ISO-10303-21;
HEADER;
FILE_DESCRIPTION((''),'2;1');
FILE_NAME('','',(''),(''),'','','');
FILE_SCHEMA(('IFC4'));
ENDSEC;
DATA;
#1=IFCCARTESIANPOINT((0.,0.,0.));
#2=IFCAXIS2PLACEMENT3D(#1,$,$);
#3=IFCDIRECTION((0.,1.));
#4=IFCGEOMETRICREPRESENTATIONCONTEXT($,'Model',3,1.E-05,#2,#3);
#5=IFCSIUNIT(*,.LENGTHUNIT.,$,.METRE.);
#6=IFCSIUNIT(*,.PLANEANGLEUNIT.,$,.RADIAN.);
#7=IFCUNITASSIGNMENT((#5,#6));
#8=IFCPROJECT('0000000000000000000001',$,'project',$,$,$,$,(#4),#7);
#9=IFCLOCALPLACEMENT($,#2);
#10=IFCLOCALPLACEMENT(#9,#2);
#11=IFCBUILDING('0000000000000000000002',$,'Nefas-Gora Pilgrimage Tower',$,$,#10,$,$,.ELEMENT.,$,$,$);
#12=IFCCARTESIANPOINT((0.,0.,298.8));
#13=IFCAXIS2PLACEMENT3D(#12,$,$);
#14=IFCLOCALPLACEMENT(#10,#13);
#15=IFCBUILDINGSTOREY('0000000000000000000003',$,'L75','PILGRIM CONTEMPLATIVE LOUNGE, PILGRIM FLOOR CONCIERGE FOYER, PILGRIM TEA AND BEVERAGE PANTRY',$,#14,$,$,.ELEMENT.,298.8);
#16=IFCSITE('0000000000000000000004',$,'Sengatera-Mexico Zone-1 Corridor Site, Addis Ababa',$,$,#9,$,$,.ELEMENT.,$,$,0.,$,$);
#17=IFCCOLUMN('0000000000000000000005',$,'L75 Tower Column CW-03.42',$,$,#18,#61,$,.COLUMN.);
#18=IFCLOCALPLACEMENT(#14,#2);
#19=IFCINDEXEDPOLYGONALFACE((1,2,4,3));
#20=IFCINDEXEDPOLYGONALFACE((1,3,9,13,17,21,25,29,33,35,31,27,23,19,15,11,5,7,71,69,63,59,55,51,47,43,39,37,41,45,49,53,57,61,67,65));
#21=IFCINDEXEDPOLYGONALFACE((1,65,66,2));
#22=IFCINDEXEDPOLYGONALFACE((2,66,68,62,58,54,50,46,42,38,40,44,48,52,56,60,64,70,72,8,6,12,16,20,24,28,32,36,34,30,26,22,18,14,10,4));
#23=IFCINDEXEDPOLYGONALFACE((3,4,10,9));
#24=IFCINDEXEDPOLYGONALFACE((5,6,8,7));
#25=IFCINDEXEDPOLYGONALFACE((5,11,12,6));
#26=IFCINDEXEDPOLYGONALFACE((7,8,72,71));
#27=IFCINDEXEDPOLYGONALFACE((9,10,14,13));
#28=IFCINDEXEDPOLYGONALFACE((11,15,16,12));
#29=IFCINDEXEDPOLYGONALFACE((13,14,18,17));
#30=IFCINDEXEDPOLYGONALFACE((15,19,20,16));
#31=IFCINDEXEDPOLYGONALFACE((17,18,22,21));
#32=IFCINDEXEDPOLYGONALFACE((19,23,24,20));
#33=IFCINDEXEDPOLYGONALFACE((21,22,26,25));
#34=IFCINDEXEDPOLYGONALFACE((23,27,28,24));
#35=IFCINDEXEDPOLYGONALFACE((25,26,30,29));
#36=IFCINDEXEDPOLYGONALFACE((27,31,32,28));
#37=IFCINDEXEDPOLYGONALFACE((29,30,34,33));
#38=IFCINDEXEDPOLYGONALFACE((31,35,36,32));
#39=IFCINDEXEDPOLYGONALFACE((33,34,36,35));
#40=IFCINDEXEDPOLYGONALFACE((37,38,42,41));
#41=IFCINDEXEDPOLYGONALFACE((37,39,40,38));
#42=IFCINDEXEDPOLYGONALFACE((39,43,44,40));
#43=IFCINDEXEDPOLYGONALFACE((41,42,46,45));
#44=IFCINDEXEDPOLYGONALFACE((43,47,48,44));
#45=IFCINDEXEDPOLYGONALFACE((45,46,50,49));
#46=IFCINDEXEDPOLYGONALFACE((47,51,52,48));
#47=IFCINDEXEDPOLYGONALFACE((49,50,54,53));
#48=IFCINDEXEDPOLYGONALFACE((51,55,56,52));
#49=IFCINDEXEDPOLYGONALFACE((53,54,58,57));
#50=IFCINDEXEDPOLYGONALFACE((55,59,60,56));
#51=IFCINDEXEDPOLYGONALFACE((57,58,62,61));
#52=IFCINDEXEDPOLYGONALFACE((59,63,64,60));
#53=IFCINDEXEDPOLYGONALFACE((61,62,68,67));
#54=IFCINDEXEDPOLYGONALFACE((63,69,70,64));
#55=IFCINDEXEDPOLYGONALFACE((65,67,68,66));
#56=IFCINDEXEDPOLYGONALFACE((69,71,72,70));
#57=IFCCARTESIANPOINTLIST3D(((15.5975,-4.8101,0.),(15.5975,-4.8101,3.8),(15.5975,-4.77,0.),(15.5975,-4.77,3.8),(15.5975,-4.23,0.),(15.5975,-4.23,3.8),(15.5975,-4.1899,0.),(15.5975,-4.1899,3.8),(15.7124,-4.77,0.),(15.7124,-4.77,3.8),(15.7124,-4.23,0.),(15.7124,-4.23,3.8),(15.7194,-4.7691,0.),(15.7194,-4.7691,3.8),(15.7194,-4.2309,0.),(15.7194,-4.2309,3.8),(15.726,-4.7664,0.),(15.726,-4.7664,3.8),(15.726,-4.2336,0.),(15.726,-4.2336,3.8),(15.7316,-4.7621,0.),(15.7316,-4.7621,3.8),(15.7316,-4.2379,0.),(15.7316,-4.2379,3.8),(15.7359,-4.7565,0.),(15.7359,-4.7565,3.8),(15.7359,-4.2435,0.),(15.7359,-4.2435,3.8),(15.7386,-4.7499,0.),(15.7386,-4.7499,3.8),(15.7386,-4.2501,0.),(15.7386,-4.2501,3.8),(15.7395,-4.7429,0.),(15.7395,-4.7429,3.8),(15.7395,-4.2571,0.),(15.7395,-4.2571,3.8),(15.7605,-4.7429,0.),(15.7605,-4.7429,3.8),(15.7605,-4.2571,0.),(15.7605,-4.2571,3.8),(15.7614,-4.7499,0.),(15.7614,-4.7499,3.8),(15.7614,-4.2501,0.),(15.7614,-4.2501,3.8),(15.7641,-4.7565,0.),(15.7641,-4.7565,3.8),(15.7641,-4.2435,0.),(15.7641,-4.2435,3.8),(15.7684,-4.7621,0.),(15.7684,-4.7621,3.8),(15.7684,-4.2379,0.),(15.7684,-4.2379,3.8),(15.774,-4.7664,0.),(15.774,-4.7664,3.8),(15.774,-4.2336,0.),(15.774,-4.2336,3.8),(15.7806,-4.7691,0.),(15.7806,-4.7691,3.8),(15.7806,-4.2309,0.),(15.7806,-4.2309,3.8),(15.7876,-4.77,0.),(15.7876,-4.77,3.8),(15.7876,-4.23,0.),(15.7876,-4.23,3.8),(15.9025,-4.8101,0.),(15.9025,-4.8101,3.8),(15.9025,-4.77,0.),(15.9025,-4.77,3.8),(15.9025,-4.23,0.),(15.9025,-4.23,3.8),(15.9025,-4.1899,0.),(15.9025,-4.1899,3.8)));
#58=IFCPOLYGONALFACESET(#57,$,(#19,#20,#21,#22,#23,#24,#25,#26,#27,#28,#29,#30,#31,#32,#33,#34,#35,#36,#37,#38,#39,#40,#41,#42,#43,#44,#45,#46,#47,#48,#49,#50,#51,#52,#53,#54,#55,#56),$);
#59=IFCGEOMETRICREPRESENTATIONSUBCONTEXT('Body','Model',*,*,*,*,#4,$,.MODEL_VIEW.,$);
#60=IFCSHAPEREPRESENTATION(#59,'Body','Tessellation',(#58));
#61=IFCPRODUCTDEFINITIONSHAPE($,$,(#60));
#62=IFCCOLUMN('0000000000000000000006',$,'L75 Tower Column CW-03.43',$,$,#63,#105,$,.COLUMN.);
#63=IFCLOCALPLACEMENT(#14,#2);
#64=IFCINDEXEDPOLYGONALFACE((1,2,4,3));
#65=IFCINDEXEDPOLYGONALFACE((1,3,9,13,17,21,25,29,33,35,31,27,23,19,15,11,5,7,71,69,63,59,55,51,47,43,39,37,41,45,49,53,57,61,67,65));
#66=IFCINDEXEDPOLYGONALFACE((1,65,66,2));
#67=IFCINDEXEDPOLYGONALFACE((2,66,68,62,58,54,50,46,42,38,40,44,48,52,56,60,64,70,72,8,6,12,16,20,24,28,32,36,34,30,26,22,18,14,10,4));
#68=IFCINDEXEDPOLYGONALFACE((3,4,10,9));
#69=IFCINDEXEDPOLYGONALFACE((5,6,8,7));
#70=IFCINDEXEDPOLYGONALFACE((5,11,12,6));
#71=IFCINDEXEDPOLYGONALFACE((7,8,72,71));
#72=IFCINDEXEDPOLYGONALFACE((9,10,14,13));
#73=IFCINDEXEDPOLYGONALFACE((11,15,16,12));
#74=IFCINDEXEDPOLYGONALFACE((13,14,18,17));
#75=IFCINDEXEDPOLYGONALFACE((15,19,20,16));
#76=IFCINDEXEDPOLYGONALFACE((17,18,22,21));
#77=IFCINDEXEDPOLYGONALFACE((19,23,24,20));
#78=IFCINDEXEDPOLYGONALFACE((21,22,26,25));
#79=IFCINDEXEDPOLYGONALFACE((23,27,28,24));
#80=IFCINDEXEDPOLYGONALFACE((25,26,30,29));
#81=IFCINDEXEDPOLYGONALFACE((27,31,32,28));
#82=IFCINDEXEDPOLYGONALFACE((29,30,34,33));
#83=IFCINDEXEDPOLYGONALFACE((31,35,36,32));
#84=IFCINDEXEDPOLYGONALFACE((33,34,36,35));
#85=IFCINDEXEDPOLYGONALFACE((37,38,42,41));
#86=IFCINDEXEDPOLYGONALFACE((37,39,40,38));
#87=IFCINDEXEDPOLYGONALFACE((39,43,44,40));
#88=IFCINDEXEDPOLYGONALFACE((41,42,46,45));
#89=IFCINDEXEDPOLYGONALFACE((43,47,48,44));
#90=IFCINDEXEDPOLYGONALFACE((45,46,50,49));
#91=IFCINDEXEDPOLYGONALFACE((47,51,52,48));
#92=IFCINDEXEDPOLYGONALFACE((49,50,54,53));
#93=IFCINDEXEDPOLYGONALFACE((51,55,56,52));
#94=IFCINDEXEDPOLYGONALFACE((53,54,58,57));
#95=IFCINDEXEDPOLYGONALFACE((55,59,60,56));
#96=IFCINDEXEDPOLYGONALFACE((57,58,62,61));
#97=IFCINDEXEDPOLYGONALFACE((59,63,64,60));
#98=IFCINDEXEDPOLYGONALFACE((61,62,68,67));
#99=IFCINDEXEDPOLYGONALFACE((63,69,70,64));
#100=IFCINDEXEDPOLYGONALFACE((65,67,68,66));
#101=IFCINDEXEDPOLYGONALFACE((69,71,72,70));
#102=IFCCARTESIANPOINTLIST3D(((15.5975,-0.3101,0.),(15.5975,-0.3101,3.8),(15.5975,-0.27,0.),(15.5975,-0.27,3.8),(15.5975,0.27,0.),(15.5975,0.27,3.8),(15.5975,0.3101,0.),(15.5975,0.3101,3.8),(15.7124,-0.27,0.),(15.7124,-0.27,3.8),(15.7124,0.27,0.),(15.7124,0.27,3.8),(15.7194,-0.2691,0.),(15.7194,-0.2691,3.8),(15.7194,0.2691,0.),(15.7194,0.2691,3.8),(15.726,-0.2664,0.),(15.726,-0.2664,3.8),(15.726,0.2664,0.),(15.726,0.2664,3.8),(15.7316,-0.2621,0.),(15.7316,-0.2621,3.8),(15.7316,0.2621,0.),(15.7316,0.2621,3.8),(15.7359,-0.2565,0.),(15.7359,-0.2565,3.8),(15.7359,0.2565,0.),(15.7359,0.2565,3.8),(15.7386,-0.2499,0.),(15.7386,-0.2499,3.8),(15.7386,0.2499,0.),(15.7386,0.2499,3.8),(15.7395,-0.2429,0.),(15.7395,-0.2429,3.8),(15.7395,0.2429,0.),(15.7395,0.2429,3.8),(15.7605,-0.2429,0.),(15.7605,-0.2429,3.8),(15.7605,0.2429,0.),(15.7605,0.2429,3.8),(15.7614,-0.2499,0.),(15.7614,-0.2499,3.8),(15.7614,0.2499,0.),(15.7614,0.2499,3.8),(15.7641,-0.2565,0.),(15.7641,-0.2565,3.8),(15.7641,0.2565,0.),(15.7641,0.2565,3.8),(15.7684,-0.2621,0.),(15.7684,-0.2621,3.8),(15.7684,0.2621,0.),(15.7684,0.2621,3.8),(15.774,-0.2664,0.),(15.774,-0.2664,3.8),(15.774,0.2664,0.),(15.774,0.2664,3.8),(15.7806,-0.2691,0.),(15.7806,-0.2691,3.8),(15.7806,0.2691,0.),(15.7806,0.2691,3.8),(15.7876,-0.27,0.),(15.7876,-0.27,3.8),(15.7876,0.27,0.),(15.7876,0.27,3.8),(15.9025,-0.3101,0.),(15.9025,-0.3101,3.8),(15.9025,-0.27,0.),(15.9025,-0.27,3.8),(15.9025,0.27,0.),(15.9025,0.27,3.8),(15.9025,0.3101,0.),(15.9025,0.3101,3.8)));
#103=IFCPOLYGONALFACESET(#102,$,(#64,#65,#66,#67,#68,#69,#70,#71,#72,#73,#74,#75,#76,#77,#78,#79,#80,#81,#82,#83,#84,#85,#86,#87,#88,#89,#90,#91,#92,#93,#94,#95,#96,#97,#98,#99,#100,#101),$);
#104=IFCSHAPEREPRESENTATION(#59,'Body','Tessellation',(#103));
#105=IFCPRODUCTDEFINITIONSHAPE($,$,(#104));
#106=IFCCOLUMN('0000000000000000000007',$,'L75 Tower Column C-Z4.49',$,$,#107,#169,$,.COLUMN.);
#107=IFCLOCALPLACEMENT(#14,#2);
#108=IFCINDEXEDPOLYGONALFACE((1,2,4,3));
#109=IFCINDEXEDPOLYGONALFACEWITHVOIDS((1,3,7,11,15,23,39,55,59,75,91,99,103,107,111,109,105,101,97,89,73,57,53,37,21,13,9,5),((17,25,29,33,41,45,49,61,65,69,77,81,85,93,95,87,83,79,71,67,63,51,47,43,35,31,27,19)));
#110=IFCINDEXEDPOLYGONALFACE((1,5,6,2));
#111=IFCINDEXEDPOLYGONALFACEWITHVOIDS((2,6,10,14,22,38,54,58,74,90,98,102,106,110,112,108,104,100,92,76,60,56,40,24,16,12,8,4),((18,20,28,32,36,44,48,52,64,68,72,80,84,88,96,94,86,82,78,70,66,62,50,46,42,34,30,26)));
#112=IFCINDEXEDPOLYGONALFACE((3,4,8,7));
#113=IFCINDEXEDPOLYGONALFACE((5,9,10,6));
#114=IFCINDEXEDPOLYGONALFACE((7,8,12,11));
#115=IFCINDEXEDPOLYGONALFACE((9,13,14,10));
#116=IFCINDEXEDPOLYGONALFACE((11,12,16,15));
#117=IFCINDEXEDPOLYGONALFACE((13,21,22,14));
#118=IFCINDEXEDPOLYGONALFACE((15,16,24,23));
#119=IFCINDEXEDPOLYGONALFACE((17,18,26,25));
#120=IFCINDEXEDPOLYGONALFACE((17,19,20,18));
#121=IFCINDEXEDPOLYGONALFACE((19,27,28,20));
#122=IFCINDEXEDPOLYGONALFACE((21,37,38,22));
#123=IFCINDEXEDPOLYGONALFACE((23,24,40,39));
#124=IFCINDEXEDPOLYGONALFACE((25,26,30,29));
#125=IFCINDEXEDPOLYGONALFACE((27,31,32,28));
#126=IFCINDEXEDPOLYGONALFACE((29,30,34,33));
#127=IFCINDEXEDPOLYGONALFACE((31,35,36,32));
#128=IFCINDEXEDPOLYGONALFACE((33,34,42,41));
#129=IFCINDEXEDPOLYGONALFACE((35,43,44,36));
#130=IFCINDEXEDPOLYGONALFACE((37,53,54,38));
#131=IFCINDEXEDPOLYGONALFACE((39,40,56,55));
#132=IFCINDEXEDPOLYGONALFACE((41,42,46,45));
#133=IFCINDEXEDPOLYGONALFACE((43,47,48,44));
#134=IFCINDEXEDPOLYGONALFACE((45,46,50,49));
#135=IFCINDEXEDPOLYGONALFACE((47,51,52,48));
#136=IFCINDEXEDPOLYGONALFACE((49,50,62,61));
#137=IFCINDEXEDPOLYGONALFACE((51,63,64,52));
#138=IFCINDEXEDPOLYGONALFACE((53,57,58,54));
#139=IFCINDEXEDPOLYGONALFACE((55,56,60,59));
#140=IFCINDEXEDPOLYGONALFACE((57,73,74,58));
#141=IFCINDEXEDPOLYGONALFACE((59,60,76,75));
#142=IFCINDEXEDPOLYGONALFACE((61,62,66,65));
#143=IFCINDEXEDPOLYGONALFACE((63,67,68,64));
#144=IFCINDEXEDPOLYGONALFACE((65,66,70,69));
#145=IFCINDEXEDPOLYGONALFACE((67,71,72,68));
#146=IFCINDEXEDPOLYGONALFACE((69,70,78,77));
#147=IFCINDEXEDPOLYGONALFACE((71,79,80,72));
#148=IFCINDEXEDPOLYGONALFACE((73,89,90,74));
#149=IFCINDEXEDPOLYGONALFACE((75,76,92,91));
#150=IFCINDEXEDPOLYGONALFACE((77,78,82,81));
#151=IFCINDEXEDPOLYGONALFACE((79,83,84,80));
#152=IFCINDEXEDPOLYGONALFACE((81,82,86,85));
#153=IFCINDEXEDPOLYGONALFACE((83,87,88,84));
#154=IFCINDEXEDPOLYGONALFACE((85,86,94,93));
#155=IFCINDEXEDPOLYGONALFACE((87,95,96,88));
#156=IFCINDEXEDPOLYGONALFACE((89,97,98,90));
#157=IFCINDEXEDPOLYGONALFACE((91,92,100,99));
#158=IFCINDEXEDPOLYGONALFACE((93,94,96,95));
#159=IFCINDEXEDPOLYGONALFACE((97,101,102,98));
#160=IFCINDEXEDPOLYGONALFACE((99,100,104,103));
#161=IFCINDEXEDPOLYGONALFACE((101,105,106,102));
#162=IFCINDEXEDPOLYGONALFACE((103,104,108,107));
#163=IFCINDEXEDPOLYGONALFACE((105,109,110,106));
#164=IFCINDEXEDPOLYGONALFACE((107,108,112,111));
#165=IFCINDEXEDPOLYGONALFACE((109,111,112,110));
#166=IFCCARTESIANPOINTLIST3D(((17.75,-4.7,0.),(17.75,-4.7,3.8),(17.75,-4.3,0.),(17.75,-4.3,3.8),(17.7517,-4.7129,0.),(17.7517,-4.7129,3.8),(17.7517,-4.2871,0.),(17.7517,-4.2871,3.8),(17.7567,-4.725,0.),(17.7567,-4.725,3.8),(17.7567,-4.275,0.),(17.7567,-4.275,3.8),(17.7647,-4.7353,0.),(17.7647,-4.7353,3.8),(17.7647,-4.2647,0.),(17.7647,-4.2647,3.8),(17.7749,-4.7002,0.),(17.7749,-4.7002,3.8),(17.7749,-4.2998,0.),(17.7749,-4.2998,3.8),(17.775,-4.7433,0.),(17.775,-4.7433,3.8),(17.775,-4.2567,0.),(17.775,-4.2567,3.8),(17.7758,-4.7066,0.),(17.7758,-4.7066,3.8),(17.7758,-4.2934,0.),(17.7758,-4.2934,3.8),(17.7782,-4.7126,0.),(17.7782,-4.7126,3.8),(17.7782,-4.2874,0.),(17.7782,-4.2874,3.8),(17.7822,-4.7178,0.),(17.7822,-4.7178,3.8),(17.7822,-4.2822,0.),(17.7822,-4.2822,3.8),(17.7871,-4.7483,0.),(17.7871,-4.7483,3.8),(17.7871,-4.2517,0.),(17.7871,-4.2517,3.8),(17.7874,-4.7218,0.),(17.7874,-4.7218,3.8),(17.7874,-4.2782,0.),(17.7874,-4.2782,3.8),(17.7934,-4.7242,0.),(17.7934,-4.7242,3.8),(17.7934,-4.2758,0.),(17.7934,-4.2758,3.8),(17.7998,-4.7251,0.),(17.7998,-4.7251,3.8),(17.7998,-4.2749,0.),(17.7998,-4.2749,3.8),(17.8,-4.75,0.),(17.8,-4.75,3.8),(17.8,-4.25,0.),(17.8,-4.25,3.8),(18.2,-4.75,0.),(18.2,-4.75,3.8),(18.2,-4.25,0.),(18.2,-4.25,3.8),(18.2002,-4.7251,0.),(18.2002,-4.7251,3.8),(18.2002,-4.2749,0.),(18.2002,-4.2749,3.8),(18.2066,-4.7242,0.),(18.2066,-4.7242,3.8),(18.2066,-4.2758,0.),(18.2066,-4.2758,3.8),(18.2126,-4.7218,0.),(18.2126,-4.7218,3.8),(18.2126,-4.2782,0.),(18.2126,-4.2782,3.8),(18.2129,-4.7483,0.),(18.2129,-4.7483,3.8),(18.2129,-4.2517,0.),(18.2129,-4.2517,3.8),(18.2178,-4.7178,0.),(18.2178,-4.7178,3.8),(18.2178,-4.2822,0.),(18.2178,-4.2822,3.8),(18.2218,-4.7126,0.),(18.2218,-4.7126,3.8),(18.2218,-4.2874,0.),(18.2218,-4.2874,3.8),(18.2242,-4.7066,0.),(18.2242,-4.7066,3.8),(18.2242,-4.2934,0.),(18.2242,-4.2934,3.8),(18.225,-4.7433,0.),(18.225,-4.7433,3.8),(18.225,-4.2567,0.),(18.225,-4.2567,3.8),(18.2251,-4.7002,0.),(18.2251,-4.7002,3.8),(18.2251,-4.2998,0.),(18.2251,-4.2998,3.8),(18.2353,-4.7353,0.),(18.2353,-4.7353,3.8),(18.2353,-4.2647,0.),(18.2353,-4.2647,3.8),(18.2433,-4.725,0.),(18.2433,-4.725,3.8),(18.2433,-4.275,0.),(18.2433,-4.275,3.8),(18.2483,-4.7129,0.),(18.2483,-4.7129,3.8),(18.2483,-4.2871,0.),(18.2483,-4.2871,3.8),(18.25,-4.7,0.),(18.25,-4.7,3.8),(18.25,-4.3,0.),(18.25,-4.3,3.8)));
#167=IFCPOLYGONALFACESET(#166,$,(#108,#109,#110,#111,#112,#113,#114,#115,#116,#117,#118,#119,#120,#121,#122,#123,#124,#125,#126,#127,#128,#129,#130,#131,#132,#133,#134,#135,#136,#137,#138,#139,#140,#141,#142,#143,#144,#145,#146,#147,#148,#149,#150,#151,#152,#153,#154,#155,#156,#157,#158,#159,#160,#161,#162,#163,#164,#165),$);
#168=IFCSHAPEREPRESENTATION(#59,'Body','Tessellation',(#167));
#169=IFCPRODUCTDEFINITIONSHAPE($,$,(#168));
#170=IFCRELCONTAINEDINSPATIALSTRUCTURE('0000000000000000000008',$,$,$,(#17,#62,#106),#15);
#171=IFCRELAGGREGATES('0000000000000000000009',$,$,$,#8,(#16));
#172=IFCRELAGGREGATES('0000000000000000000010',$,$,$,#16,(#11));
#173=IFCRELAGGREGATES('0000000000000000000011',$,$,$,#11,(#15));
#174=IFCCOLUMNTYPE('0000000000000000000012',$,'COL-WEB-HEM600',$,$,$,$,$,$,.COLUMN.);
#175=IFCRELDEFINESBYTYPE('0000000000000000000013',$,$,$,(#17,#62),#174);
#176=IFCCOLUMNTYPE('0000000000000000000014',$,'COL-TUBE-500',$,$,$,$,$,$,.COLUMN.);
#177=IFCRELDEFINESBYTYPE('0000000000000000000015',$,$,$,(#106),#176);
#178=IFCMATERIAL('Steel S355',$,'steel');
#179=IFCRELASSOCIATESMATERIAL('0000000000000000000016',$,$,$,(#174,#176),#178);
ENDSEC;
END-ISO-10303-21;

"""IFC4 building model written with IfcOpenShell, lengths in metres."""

from ifc_helpers import new_model, si_unit, direction, frame, origin, origin_2d, place, context, subcontext, project, spatial, hollow_rectangle, i_section, extrude, source, transform, mapped, material, material_profile, profile_set, type_object, element, save


model = new_model("IFC4")

# Units and contexts
model_context = context("Model", 3, precision=1e-05, world=origin(), true_north=direction((0.0, 1.0)))
body_context = subcontext(model_context, "Body", "Model", "MODEL_VIEW")
ifc_project = project(units=[si_unit("LENGTHUNIT", "METRE"), si_unit("PLANEANGLEUNIT", "RADIAN")], contexts=[model_context])

# Site, building, storey
site_placement = place(None, origin())
site = spatial("IfcSite", under=ifc_project, at=site_placement, Name="Sengatera-Mexico Zone-1 Corridor Site, Addis Ababa", CompositionType="ELEMENT", RefElevation=0.0)
building_placement = place(site_placement, origin())
building = spatial("IfcBuilding", under=site, at=building_placement, Name="Nefas-Gora Pilgrimage Tower", CompositionType="ELEMENT")
storey_placement = place(building_placement, frame((0.0, 0.0, 298.8)))
storey = spatial("IfcBuildingStorey", under=building, at=storey_placement, Name="L75", Description="PILGRIM CONTEMPLATIVE LOUNGE, PILGRIM FLOOR CONCIERGE FOYER, PILGRIM TEA AND BEVERAGE PANTRY", CompositionType="ELEMENT", Elevation=298.8)

# Columns
ifc_material_1 = material(Name="Steel S355", Category="steel")
ifc_material_profile_1 = material_profile(ifc_material_1, i_section(OverallWidth=0.3049, OverallDepth=0.6201, WebThickness=0.021, FlangeThickness=0.04, FilletRadius=0.0271, at=origin_2d()), Name="HEM 600")
ifc_profile_set_1 = profile_set([ifc_material_profile_1], Name="Steel S355")
column_type_1 = type_object("IfcColumnType", Name="COL-WEB-HEM600", PredefinedType="COLUMN", material=ifc_profile_set_1)
shared_shape_1 = source(origin(), body_context, "Body", "SweptSolid", [
    extrude(i_section(OverallWidth=0.3049, OverallDepth=0.6201, WebThickness=0.021, FlangeThickness=0.04, FilletRadius=0.0271, at=origin_2d()), origin(), (0.0, 0.0, 1.0), 3.8),
])
for number, where, z_axis, x_axis, name in (
    (1, (15.75, -4.5, 0.0), (0.0, 0.0, 1.0), (1.0, 0.0, 0.0), "L75 Tower Column CW-03.42"),
    (2, (15.75, 0.0, 0.0), (0.0, 0.0, 1.0), (1.0, 0.0, 0.0), "L75 Tower Column CW-03.43"),
):
    element("IfcColumn", number, at=place(storey_placement, frame(where, z_axis=z_axis, x_axis=x_axis)), inside=storey, type_object=column_type_1, Name=name, PredefinedType="COLUMN", context=body_context, shape_type="MappedRepresentation", body=[
        mapped(shared_shape_1, transform((0.0, 0.0, 0.0), x_axis=(1.0, 0.0, 0.0), y_axis=(0.0, 1.0, 0.0), z_axis=(0.0, 0.0, 1.0), scale=1.0)),
    ])
ifc_material_profile_2 = material_profile(ifc_material_1, hollow_rectangle(XDim=0.5, YDim=0.5, WallThickness=0.0249, InnerFilletRadius=0.0249, OuterFilletRadius=0.05, at=origin_2d()), Name="SHS 500x500x25")
ifc_profile_set_2 = profile_set([ifc_material_profile_2], Name="Steel S355")
column_type_2 = type_object("IfcColumnType", Name="COL-TUBE-500", PredefinedType="COLUMN", material=ifc_profile_set_2)
shared_shape_2 = source(origin(), body_context, "Body", "SweptSolid", [
    extrude(hollow_rectangle(XDim=0.5, YDim=0.5, WallThickness=0.0249, InnerFilletRadius=0.0249, OuterFilletRadius=0.05, at=origin_2d()), origin(), (0.0, 0.0, 1.0), 3.8),
])
for number, where, z_axis, x_axis, name in (
    (3, (18.0, -4.5, 0.0), (0.0, 0.0, 1.0), (1.0, 0.0, 0.0), "L75 Tower Column C-Z4.49"),
):
    element("IfcColumn", number, at=place(storey_placement, frame(where, z_axis=z_axis, x_axis=x_axis)), inside=storey, type_object=column_type_2, Name=name, PredefinedType="COLUMN", context=body_context, shape_type="MappedRepresentation", body=[
        mapped(shared_shape_2, transform((0.0, 0.0, 0.0), x_axis=(1.0, 0.0, 0.0), y_axis=(0.0, 1.0, 0.0), z_axis=(0.0, 0.0, 1.0), scale=1.0)),
    ])

save(model, "model.ifc")
